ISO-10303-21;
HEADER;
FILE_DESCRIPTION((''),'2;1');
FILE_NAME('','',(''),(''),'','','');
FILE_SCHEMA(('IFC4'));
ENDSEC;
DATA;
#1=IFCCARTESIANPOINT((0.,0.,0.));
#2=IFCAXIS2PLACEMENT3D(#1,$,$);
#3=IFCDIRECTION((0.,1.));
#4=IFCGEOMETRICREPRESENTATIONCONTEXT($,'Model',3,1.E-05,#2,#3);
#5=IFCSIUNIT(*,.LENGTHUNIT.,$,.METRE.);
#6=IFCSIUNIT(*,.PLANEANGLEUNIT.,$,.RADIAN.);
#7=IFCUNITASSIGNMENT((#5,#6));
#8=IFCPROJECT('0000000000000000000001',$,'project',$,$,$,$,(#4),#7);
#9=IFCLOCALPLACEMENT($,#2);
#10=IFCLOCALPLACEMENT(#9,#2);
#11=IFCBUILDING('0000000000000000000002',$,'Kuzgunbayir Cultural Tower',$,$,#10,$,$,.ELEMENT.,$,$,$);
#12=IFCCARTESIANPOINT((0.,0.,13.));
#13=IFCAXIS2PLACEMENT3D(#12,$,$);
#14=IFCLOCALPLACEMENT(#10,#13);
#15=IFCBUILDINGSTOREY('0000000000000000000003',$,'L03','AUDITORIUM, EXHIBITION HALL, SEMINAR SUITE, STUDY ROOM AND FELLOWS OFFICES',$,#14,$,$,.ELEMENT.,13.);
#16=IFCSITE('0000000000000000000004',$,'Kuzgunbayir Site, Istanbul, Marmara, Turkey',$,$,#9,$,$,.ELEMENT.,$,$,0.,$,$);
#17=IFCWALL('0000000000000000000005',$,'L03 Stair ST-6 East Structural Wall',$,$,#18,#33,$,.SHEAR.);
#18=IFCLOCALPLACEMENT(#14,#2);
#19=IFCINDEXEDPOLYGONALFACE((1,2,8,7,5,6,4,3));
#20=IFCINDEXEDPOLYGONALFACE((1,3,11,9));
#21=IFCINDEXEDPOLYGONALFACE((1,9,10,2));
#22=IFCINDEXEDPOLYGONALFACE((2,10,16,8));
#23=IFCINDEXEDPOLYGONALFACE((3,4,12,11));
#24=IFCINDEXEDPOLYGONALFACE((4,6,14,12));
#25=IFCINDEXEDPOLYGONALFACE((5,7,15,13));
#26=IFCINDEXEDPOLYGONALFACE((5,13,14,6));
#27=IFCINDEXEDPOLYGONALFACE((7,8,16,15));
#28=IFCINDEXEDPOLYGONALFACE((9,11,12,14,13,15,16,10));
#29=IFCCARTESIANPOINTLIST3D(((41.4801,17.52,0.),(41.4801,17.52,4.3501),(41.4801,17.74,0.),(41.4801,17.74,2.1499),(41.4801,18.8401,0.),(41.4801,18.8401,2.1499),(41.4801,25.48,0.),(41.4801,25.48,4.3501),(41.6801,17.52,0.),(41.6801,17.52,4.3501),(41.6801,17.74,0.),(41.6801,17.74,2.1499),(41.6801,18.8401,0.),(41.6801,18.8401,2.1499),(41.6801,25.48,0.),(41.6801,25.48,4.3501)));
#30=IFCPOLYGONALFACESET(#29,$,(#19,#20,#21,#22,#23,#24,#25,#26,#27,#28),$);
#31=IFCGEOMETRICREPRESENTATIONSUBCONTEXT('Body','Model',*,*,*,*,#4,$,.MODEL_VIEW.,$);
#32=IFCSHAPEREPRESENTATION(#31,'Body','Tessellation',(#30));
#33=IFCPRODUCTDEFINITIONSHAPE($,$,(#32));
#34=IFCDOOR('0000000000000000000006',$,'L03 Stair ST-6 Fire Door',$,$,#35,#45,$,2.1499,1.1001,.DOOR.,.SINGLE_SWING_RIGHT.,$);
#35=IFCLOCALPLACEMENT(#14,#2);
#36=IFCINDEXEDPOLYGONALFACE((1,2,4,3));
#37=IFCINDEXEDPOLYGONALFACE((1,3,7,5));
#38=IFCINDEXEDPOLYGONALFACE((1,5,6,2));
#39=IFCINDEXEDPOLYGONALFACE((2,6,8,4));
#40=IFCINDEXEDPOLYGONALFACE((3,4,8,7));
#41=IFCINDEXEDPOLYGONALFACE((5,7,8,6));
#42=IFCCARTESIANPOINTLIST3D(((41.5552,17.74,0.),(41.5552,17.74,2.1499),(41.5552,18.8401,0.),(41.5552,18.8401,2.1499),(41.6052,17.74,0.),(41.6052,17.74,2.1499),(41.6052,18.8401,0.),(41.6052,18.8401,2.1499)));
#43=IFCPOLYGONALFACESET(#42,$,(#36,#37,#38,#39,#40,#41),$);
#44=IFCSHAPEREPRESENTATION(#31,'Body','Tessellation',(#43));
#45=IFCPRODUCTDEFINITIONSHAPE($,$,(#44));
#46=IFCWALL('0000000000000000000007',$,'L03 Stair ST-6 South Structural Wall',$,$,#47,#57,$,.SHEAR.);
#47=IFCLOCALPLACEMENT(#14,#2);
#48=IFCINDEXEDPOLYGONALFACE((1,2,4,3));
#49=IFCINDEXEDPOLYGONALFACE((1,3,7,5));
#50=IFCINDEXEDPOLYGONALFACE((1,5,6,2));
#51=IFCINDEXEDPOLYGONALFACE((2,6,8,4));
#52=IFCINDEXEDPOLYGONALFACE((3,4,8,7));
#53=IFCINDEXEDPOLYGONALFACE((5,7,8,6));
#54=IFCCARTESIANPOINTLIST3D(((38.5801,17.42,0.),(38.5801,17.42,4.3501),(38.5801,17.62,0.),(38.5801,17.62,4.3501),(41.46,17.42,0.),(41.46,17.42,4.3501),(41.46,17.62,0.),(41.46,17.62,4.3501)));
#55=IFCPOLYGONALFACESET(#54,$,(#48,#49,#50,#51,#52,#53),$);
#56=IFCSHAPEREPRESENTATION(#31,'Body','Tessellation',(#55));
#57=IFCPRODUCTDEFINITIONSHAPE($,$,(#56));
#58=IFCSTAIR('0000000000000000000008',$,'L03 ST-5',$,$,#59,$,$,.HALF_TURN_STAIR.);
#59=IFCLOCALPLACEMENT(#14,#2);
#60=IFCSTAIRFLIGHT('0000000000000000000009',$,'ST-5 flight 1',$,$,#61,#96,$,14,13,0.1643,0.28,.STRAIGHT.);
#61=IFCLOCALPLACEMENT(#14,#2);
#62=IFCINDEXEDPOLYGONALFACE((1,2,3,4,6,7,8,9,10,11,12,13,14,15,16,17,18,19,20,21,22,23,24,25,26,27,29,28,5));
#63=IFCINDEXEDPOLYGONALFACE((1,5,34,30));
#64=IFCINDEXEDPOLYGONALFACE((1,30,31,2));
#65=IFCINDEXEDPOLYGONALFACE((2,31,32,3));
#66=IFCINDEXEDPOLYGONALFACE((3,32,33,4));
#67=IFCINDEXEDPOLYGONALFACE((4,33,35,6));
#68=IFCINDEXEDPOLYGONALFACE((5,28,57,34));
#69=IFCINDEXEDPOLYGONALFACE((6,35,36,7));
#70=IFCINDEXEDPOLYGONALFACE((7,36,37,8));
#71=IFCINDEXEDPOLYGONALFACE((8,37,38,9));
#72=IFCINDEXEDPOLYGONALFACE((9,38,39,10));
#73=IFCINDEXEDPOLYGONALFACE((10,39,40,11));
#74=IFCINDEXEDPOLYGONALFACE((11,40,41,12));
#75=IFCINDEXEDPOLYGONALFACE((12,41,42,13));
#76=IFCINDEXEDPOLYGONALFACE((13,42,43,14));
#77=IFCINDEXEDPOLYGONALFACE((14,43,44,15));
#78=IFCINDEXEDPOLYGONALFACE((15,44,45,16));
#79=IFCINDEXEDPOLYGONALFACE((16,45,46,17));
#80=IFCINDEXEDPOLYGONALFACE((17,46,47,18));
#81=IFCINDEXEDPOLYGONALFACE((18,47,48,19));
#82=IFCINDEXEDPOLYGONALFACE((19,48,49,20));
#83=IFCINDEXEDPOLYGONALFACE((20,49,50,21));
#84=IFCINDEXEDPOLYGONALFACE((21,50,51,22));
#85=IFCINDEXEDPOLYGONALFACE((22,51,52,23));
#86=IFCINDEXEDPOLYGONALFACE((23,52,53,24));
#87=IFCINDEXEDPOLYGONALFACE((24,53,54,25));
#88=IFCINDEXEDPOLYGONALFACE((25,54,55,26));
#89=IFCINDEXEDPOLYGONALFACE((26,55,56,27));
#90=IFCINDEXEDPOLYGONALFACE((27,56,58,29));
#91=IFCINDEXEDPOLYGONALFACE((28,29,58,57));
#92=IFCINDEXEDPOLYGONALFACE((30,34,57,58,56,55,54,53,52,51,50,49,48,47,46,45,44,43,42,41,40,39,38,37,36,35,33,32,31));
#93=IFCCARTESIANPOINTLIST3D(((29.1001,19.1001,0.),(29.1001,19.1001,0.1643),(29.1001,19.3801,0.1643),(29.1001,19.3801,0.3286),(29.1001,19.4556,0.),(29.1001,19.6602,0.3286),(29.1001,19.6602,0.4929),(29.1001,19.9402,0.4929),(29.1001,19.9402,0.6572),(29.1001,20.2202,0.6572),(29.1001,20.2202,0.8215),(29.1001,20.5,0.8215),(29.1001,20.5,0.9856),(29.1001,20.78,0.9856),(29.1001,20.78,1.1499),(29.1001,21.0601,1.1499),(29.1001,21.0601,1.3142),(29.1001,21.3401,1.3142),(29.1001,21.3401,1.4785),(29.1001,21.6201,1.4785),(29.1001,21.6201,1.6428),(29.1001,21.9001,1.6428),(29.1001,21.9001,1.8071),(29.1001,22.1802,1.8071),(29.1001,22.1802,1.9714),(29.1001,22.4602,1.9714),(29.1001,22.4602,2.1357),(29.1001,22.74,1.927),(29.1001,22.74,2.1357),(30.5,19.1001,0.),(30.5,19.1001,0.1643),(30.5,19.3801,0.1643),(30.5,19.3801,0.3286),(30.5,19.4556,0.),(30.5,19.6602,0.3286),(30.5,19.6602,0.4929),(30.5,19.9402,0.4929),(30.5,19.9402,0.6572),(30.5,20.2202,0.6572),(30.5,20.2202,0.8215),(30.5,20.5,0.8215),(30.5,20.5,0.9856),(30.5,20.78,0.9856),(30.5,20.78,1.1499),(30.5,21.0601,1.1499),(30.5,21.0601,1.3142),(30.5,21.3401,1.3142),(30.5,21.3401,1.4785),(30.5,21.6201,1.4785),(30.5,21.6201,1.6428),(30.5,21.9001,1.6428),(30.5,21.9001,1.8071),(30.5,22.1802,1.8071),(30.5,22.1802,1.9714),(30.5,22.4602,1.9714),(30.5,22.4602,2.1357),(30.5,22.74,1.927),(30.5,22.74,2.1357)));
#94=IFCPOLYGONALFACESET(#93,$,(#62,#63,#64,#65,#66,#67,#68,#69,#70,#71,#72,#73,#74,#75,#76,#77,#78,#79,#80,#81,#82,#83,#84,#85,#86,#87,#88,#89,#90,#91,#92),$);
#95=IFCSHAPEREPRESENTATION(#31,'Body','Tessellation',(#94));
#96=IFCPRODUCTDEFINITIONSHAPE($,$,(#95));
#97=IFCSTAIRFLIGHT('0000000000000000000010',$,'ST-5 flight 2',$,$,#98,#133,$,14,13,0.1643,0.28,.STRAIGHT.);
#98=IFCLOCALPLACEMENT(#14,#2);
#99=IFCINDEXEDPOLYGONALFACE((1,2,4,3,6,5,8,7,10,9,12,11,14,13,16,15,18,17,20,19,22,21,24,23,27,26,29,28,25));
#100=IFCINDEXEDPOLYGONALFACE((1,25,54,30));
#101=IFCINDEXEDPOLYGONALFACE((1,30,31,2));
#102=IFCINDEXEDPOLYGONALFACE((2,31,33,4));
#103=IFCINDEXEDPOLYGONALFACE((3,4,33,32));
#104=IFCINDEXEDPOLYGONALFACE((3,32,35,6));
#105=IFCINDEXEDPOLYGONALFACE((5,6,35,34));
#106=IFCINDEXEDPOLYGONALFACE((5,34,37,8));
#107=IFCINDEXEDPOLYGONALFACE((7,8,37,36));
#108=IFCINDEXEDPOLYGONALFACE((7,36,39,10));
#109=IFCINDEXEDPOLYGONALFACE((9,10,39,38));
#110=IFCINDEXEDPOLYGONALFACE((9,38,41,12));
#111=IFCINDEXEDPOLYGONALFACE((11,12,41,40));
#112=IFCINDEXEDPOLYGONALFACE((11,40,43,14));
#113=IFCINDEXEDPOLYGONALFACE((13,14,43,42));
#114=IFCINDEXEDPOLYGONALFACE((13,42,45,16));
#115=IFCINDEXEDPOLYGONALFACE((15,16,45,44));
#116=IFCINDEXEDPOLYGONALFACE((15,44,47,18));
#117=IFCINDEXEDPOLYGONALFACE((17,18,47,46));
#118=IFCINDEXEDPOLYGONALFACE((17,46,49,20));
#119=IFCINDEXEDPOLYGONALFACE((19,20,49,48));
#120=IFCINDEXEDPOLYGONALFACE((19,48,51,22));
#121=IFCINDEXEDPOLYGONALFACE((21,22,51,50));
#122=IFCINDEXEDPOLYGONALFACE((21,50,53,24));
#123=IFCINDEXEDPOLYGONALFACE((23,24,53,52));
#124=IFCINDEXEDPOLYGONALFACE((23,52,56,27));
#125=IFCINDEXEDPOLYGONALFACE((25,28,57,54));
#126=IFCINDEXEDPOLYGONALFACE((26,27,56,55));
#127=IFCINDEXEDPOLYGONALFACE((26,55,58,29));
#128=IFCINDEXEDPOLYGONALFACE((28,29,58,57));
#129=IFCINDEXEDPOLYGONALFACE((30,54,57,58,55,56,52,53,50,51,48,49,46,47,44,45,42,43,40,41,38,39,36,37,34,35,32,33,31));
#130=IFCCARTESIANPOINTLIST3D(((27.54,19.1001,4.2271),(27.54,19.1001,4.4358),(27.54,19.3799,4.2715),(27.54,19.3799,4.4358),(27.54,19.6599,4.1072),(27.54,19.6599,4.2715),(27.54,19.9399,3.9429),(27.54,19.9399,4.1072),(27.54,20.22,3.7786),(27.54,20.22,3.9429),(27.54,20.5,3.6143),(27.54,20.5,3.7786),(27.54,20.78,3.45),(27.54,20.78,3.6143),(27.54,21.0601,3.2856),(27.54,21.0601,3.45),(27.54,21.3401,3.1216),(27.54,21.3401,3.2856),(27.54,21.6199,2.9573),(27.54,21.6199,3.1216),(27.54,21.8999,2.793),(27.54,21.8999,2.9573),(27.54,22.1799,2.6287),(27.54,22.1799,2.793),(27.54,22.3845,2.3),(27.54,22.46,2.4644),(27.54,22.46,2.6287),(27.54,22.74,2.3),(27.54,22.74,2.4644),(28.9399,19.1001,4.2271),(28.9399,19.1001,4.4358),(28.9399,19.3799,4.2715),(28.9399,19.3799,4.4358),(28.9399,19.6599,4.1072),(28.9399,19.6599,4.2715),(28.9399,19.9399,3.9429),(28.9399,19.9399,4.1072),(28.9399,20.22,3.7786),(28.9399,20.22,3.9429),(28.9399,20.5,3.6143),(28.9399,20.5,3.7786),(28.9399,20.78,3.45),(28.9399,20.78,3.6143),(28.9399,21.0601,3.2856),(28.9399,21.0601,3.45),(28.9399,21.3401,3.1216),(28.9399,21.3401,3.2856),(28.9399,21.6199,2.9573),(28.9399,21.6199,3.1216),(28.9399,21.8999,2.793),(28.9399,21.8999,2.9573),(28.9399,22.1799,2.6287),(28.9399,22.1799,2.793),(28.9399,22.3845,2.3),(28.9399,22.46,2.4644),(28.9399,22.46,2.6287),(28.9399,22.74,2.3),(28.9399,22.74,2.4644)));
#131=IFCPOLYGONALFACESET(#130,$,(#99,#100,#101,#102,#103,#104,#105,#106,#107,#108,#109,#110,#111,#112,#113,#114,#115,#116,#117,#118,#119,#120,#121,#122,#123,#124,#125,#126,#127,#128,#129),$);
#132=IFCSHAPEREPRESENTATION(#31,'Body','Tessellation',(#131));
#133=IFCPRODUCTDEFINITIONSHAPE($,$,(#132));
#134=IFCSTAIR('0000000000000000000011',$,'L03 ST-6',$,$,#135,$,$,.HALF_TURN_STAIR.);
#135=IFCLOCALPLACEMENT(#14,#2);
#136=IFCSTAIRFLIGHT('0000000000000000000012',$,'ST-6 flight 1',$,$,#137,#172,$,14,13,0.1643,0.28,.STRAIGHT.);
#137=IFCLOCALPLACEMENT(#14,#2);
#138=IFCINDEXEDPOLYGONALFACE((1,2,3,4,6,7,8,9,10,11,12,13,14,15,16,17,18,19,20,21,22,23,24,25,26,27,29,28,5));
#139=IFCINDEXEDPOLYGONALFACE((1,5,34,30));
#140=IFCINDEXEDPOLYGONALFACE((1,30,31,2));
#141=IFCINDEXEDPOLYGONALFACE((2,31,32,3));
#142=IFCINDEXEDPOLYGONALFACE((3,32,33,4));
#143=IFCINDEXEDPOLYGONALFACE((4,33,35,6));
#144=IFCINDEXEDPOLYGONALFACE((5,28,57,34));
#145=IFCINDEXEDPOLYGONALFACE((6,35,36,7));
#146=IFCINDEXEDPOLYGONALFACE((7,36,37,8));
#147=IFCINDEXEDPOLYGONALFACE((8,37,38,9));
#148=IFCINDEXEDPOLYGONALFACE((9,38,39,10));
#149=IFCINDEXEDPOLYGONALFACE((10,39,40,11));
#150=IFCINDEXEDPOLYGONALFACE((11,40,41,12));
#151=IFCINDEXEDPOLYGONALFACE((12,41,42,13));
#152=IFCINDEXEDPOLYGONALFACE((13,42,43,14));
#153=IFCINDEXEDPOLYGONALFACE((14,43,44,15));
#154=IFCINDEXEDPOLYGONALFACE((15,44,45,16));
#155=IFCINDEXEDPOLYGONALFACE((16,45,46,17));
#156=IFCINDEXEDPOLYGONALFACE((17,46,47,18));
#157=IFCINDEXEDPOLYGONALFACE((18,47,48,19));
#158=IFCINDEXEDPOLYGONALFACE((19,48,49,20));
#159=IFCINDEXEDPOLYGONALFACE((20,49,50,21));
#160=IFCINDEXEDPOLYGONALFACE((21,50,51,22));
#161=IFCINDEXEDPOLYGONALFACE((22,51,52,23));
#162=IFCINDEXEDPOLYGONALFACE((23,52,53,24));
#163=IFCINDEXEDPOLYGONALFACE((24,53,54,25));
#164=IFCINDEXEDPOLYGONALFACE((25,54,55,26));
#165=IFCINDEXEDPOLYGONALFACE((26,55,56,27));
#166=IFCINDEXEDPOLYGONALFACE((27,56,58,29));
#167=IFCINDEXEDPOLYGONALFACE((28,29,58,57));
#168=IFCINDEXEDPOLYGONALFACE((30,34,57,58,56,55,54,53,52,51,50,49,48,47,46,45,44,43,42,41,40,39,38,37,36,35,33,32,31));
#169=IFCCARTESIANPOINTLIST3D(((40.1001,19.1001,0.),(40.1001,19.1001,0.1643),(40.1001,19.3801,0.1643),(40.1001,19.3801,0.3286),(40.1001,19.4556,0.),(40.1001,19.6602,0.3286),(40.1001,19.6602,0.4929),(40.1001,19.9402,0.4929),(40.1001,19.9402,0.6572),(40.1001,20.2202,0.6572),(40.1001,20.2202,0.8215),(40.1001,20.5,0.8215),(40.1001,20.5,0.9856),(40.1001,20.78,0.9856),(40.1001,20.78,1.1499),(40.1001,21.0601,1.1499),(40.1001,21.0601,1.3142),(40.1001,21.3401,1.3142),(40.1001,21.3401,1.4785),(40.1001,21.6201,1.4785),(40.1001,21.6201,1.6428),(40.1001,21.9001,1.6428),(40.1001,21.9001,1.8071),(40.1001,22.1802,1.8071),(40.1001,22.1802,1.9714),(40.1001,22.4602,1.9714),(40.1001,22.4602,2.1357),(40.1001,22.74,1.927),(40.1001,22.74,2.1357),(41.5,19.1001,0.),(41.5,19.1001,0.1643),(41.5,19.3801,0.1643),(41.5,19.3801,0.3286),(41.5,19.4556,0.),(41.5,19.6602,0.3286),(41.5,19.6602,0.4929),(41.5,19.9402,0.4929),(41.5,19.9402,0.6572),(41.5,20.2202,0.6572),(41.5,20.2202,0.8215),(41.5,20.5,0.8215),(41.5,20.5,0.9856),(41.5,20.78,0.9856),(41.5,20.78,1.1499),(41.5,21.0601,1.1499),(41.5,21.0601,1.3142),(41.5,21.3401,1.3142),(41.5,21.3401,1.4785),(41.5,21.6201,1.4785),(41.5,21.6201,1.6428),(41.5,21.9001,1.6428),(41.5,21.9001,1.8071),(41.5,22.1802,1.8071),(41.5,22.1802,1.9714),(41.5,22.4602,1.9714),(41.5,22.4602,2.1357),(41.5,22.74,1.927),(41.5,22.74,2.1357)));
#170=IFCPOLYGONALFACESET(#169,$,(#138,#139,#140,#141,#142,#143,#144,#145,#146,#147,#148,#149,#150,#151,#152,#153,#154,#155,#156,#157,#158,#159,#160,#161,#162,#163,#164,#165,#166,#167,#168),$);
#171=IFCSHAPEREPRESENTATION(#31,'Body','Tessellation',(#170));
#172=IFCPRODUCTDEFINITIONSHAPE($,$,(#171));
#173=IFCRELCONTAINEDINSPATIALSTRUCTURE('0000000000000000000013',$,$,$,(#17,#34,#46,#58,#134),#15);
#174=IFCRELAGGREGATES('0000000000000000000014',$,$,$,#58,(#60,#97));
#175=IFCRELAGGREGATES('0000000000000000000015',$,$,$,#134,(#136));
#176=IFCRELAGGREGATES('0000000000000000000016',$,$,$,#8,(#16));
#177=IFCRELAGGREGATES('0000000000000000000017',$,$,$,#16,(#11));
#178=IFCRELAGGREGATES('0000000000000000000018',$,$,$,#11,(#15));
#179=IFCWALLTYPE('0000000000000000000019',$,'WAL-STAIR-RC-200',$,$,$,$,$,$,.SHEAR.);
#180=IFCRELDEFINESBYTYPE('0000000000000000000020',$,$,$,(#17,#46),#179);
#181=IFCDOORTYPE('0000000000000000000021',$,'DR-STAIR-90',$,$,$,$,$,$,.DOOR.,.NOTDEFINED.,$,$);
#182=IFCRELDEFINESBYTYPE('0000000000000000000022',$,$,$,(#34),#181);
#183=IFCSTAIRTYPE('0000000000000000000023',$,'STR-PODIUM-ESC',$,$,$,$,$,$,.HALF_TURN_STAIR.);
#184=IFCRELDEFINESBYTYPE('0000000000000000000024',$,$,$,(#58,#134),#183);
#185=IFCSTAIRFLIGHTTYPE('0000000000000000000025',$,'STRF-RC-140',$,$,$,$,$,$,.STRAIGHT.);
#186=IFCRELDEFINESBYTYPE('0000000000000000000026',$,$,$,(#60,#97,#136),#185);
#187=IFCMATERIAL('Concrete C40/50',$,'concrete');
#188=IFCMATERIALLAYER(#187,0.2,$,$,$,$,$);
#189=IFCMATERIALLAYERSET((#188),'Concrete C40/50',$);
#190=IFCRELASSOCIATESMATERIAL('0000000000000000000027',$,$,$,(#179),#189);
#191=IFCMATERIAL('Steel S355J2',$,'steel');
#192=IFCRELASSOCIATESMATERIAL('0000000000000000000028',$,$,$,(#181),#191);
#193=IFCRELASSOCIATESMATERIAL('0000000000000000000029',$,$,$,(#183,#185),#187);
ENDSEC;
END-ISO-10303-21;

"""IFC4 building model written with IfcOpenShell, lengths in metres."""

from ifc_helpers import new_model, si_unit, direction, frame, frame_2d, origin, place, context, subcontext, project, spatial, polyline, rectangle, outline, extrude, material, layer, layer_set, type_object, element, fill, aggregate, save


model = new_model("IFC4")

# Units and contexts
model_context = context("Model", 3, precision=1e-05, world=origin(), true_north=direction((0.0, 1.0)))
body_context = subcontext(model_context, "Body", "Model", "MODEL_VIEW")
ifc_project = project(units=[si_unit("LENGTHUNIT", "METRE"), si_unit("PLANEANGLEUNIT", "RADIAN")], contexts=[model_context])

# Site, building, storey
site_placement = place(None, origin())
site = spatial("IfcSite", under=ifc_project, at=site_placement, Name="Kuzgunbayir Site, Istanbul, Marmara, Turkey", CompositionType="ELEMENT", RefElevation=0.0)
building_placement = place(site_placement, origin())
building = spatial("IfcBuilding", under=site, at=building_placement, Name="Kuzgunbayir Cultural Tower", CompositionType="ELEMENT")
storey_placement = place(building_placement, frame((0.0, 0.0, 13.0)))
storey = spatial("IfcBuildingStorey", under=building, at=storey_placement, Name="L03", Description="AUDITORIUM, EXHIBITION HALL, SEMINAR SUITE, STUDY ROOM AND FELLOWS OFFICES", CompositionType="ELEMENT", Elevation=13.0)

# Shared definitions
ifc_material_1 = material(Name="Steel S355J2", Category="steel")

# Shared definitions
ifc_material_2 = material(Name="Concrete C40/50", Category="concrete")
ifc_layer_1 = layer(ifc_material_2, 0.2)
ifc_layer_set_1 = layer_set([ifc_layer_1], Name="Concrete C40/50")
wall_type_1 = type_object("IfcWallType", Name="WAL-STAIR-RC-200", PredefinedType="SHEAR", material=ifc_layer_set_1)

# Wall, opening, door
wall_1_placement = place(storey_placement, frame((41.5801, 17.52, 0.0), z_axis=(0.0, 0.0, 1.0), x_axis=(0.0, 1.0, 0.0)))
wall_1 = element("IfcWall", 1, at=wall_1_placement, inside=storey, type_object=wall_type_1, Name="L03 Stair ST-6 East Structural Wall", PredefinedType="SHEAR", context=body_context, shape_type="SweptSolid", body=[
    extrude(rectangle(XDim=7.96, YDim=0.2, at=frame_2d((3.98, 0.0))), origin(), (0.0, 0.0, 1.0), 4.3501),
])
opening_placement = place(wall_1_placement, frame((0.22, 0.0, 0.0)))
opening = element("IfcOpeningElement", 2, at=opening_placement, cuts=wall_1, PredefinedType="OPENING", context=body_context, shape_type="SweptSolid", body=[
    extrude(rectangle(XDim=1.1001, YDim=2.1499, at=frame_2d((0.55, 1.075))), frame((0.0, 0.1099, 0.0), z_axis=(0.0, -1.0, 0.0), x_axis=(1.0, 0.0, 0.0)), (0.0, 0.0, 1.0), 0.22),
])
door_type = type_object("IfcDoorType", Name="DR-STAIR-90", OperationType="NOTDEFINED", PredefinedType="DOOR", material=ifc_material_1)
door_placement = place(opening_placement, origin())
door = element("IfcDoor", 3, at=door_placement, inside=storey, type_object=door_type, Name="L03 Stair ST-6 Fire Door", OperationType="SINGLE_SWING_RIGHT", OverallHeight=2.1499, OverallWidth=1.1001, PredefinedType="DOOR", context=body_context, shape_type="SweptSolid", body=[
    extrude(rectangle(XDim=1.1001, YDim=2.1499, at=frame_2d((0.55, 1.075))), frame((0.0, 0.0249, 0.0), z_axis=(0.0, -1.0, 0.0), x_axis=(1.0, 0.0, 0.0)), (0.0, 0.0, 1.0), 0.05),
])
fill(opening, door)

# Wall
wall_2_placement = place(storey_placement, frame((38.5801, 17.52, 0.0), z_axis=(0.0, 0.0, 1.0), x_axis=(1.0, 0.0, 0.0)))
element("IfcWall", 4, at=wall_2_placement, inside=storey, type_object=wall_type_1, Name="L03 Stair ST-6 South Structural Wall", PredefinedType="SHEAR", context=body_context, shape_type="SweptSolid", body=[
    extrude(rectangle(XDim=2.8799, YDim=0.2, at=frame_2d((1.4399, 0.0))), origin(), (0.0, 0.0, 1.0), 4.3501),
])

# Stairs, stair flights
stair_type = type_object("IfcStairType", Name="STR-PODIUM-ESC", PredefinedType="HALF_TURN_STAIR", material=ifc_material_2)
stair_1_placement = place(storey_placement, origin())
stair_1 = element("IfcStair", 5, at=stair_1_placement, inside=storey, type_object=stair_type, Name="L03 ST-5", PredefinedType="HALF_TURN_STAIR")
stair_flight_type = type_object("IfcStairFlightType", Name="STRF-RC-140", PredefinedType="STRAIGHT", material=ifc_material_2)
stair_flight_1_placement = place(storey_placement, frame((29.8, 19.1001, 0.0), z_axis=(0.0, 0.0, 1.0), x_axis=(0.0, 1.0, 0.0)))
stair_flight_1 = element("IfcStairFlight", 6, at=stair_flight_1_placement, type_object=stair_flight_type, Name="ST-5 flight 1", NumberOfRisers=14, NumberOfTreads=13, PredefinedType="STRAIGHT", RiserHeight=0.1643, TreadLength=0.28, context=body_context, shape_type="SweptSolid", body=[
    extrude(outline(polyline([(0.0, 0.0), (0.0, 0.1643), (0.28, 0.1643), (0.28, 0.3286), (0.5601, 0.3286), (0.5601, 0.4929), (0.8401, 0.4929), (0.8401, 0.6572), (1.1201, 0.6572), (1.1201, 0.8215), (1.3999, 0.8215), (1.3999, 0.9856), (1.6799, 0.9856), (1.6799, 1.1499), (1.96, 1.1499), (1.96, 1.3142), (2.24, 1.3142), (2.24, 1.4785), (2.52, 1.4785), (2.52, 1.6428), (2.8, 1.6428), (2.8, 1.8071), (3.0801, 1.8071), (3.0801, 1.9714), (3.3601, 1.9714), (3.3601, 2.1357), (3.6399, 2.1357), (3.6399, 2.3), (3.6399, 1.927), (0.3555, 0.0), (0.0, 0.0)])), frame((0.0, 0.7, 0.0), z_axis=(0.0, -1.0, 0.0), x_axis=(1.0, 0.0, 0.0)), (0.0, 0.0, 1.0), 1.3999),
])
stair_flight_2_placement = place(storey_placement, frame((28.24, 22.74, 2.3), z_axis=(0.0, 0.0, 1.0), x_axis=(0.0, -1.0, 0.0)))
stair_flight_2 = element("IfcStairFlight", 7, at=stair_flight_2_placement, type_object=stair_flight_type, Name="ST-5 flight 2", NumberOfRisers=14, NumberOfTreads=13, PredefinedType="STRAIGHT", RiserHeight=0.1643, TreadLength=0.28, context=body_context, shape_type="SweptSolid", body=[
    extrude(outline(polyline([(0.0, 0.0), (0.0, 0.1643), (0.28, 0.1643), (0.28, 0.3286), (0.5601, 0.3286), (0.5601, 0.4929), (0.8401, 0.4929), (0.8401, 0.6572), (1.1201, 0.6572), (1.1201, 0.8215), (1.3999, 0.8215), (1.3999, 0.9856), (1.6799, 0.9856), (1.6799, 1.1499), (1.96, 1.1499), (1.96, 1.3142), (2.24, 1.3142), (2.24, 1.4785), (2.52, 1.4785), (2.52, 1.6428), (2.8, 1.6428), (2.8, 1.8071), (3.0801, 1.8071), (3.0801, 1.9714), (3.3601, 1.9714), (3.3601, 2.1357), (3.6399, 2.1357), (3.6399, 2.3), (3.6399, 1.927), (0.3555, 0.0), (0.0, 0.0)])), frame((0.0, 0.7, 0.0), z_axis=(0.0, -1.0, 0.0), x_axis=(1.0, 0.0, 0.0)), (0.0, 0.0, 1.0), 1.3999),
])
aggregate(stair_1, [stair_flight_1, stair_flight_2])
stair_2_placement = place(storey_placement, origin())
stair_2 = element("IfcStair", 8, at=stair_2_placement, inside=storey, type_object=stair_type, Name="L03 ST-6", PredefinedType="HALF_TURN_STAIR")
stair_flight_3_placement = place(storey_placement, frame((40.8, 19.1001, 0.0), z_axis=(0.0, 0.0, 1.0), x_axis=(0.0, 1.0, 0.0)))
stair_flight_3 = element("IfcStairFlight", 9, at=stair_flight_3_placement, type_object=stair_flight_type, Name="ST-6 flight 1", NumberOfRisers=14, NumberOfTreads=13, PredefinedType="STRAIGHT", RiserHeight=0.1643, TreadLength=0.28, context=body_context, shape_type="SweptSolid", body=[
    extrude(outline(polyline([(0.0, 0.0), (0.0, 0.1643), (0.28, 0.1643), (0.28, 0.3286), (0.5601, 0.3286), (0.5601, 0.4929), (0.8401, 0.4929), (0.8401, 0.6572), (1.1201, 0.6572), (1.1201, 0.8215), (1.3999, 0.8215), (1.3999, 0.9856), (1.6799, 0.9856), (1.6799, 1.1499), (1.96, 1.1499), (1.96, 1.3142), (2.24, 1.3142), (2.24, 1.4785), (2.52, 1.4785), (2.52, 1.6428), (2.8, 1.6428), (2.8, 1.8071), (3.0801, 1.8071), (3.0801, 1.9714), (3.3601, 1.9714), (3.3601, 2.1357), (3.6399, 2.1357), (3.6399, 2.3), (3.6399, 1.927), (0.3555, 0.0), (0.0, 0.0)])), frame((0.0, 0.7, 0.0), z_axis=(0.0, -1.0, 0.0), x_axis=(1.0, 0.0, 0.0)), (0.0, 0.0, 1.0), 1.3999),
])
aggregate(stair_2, [stair_flight_3])

save(model, "model.ifc")
